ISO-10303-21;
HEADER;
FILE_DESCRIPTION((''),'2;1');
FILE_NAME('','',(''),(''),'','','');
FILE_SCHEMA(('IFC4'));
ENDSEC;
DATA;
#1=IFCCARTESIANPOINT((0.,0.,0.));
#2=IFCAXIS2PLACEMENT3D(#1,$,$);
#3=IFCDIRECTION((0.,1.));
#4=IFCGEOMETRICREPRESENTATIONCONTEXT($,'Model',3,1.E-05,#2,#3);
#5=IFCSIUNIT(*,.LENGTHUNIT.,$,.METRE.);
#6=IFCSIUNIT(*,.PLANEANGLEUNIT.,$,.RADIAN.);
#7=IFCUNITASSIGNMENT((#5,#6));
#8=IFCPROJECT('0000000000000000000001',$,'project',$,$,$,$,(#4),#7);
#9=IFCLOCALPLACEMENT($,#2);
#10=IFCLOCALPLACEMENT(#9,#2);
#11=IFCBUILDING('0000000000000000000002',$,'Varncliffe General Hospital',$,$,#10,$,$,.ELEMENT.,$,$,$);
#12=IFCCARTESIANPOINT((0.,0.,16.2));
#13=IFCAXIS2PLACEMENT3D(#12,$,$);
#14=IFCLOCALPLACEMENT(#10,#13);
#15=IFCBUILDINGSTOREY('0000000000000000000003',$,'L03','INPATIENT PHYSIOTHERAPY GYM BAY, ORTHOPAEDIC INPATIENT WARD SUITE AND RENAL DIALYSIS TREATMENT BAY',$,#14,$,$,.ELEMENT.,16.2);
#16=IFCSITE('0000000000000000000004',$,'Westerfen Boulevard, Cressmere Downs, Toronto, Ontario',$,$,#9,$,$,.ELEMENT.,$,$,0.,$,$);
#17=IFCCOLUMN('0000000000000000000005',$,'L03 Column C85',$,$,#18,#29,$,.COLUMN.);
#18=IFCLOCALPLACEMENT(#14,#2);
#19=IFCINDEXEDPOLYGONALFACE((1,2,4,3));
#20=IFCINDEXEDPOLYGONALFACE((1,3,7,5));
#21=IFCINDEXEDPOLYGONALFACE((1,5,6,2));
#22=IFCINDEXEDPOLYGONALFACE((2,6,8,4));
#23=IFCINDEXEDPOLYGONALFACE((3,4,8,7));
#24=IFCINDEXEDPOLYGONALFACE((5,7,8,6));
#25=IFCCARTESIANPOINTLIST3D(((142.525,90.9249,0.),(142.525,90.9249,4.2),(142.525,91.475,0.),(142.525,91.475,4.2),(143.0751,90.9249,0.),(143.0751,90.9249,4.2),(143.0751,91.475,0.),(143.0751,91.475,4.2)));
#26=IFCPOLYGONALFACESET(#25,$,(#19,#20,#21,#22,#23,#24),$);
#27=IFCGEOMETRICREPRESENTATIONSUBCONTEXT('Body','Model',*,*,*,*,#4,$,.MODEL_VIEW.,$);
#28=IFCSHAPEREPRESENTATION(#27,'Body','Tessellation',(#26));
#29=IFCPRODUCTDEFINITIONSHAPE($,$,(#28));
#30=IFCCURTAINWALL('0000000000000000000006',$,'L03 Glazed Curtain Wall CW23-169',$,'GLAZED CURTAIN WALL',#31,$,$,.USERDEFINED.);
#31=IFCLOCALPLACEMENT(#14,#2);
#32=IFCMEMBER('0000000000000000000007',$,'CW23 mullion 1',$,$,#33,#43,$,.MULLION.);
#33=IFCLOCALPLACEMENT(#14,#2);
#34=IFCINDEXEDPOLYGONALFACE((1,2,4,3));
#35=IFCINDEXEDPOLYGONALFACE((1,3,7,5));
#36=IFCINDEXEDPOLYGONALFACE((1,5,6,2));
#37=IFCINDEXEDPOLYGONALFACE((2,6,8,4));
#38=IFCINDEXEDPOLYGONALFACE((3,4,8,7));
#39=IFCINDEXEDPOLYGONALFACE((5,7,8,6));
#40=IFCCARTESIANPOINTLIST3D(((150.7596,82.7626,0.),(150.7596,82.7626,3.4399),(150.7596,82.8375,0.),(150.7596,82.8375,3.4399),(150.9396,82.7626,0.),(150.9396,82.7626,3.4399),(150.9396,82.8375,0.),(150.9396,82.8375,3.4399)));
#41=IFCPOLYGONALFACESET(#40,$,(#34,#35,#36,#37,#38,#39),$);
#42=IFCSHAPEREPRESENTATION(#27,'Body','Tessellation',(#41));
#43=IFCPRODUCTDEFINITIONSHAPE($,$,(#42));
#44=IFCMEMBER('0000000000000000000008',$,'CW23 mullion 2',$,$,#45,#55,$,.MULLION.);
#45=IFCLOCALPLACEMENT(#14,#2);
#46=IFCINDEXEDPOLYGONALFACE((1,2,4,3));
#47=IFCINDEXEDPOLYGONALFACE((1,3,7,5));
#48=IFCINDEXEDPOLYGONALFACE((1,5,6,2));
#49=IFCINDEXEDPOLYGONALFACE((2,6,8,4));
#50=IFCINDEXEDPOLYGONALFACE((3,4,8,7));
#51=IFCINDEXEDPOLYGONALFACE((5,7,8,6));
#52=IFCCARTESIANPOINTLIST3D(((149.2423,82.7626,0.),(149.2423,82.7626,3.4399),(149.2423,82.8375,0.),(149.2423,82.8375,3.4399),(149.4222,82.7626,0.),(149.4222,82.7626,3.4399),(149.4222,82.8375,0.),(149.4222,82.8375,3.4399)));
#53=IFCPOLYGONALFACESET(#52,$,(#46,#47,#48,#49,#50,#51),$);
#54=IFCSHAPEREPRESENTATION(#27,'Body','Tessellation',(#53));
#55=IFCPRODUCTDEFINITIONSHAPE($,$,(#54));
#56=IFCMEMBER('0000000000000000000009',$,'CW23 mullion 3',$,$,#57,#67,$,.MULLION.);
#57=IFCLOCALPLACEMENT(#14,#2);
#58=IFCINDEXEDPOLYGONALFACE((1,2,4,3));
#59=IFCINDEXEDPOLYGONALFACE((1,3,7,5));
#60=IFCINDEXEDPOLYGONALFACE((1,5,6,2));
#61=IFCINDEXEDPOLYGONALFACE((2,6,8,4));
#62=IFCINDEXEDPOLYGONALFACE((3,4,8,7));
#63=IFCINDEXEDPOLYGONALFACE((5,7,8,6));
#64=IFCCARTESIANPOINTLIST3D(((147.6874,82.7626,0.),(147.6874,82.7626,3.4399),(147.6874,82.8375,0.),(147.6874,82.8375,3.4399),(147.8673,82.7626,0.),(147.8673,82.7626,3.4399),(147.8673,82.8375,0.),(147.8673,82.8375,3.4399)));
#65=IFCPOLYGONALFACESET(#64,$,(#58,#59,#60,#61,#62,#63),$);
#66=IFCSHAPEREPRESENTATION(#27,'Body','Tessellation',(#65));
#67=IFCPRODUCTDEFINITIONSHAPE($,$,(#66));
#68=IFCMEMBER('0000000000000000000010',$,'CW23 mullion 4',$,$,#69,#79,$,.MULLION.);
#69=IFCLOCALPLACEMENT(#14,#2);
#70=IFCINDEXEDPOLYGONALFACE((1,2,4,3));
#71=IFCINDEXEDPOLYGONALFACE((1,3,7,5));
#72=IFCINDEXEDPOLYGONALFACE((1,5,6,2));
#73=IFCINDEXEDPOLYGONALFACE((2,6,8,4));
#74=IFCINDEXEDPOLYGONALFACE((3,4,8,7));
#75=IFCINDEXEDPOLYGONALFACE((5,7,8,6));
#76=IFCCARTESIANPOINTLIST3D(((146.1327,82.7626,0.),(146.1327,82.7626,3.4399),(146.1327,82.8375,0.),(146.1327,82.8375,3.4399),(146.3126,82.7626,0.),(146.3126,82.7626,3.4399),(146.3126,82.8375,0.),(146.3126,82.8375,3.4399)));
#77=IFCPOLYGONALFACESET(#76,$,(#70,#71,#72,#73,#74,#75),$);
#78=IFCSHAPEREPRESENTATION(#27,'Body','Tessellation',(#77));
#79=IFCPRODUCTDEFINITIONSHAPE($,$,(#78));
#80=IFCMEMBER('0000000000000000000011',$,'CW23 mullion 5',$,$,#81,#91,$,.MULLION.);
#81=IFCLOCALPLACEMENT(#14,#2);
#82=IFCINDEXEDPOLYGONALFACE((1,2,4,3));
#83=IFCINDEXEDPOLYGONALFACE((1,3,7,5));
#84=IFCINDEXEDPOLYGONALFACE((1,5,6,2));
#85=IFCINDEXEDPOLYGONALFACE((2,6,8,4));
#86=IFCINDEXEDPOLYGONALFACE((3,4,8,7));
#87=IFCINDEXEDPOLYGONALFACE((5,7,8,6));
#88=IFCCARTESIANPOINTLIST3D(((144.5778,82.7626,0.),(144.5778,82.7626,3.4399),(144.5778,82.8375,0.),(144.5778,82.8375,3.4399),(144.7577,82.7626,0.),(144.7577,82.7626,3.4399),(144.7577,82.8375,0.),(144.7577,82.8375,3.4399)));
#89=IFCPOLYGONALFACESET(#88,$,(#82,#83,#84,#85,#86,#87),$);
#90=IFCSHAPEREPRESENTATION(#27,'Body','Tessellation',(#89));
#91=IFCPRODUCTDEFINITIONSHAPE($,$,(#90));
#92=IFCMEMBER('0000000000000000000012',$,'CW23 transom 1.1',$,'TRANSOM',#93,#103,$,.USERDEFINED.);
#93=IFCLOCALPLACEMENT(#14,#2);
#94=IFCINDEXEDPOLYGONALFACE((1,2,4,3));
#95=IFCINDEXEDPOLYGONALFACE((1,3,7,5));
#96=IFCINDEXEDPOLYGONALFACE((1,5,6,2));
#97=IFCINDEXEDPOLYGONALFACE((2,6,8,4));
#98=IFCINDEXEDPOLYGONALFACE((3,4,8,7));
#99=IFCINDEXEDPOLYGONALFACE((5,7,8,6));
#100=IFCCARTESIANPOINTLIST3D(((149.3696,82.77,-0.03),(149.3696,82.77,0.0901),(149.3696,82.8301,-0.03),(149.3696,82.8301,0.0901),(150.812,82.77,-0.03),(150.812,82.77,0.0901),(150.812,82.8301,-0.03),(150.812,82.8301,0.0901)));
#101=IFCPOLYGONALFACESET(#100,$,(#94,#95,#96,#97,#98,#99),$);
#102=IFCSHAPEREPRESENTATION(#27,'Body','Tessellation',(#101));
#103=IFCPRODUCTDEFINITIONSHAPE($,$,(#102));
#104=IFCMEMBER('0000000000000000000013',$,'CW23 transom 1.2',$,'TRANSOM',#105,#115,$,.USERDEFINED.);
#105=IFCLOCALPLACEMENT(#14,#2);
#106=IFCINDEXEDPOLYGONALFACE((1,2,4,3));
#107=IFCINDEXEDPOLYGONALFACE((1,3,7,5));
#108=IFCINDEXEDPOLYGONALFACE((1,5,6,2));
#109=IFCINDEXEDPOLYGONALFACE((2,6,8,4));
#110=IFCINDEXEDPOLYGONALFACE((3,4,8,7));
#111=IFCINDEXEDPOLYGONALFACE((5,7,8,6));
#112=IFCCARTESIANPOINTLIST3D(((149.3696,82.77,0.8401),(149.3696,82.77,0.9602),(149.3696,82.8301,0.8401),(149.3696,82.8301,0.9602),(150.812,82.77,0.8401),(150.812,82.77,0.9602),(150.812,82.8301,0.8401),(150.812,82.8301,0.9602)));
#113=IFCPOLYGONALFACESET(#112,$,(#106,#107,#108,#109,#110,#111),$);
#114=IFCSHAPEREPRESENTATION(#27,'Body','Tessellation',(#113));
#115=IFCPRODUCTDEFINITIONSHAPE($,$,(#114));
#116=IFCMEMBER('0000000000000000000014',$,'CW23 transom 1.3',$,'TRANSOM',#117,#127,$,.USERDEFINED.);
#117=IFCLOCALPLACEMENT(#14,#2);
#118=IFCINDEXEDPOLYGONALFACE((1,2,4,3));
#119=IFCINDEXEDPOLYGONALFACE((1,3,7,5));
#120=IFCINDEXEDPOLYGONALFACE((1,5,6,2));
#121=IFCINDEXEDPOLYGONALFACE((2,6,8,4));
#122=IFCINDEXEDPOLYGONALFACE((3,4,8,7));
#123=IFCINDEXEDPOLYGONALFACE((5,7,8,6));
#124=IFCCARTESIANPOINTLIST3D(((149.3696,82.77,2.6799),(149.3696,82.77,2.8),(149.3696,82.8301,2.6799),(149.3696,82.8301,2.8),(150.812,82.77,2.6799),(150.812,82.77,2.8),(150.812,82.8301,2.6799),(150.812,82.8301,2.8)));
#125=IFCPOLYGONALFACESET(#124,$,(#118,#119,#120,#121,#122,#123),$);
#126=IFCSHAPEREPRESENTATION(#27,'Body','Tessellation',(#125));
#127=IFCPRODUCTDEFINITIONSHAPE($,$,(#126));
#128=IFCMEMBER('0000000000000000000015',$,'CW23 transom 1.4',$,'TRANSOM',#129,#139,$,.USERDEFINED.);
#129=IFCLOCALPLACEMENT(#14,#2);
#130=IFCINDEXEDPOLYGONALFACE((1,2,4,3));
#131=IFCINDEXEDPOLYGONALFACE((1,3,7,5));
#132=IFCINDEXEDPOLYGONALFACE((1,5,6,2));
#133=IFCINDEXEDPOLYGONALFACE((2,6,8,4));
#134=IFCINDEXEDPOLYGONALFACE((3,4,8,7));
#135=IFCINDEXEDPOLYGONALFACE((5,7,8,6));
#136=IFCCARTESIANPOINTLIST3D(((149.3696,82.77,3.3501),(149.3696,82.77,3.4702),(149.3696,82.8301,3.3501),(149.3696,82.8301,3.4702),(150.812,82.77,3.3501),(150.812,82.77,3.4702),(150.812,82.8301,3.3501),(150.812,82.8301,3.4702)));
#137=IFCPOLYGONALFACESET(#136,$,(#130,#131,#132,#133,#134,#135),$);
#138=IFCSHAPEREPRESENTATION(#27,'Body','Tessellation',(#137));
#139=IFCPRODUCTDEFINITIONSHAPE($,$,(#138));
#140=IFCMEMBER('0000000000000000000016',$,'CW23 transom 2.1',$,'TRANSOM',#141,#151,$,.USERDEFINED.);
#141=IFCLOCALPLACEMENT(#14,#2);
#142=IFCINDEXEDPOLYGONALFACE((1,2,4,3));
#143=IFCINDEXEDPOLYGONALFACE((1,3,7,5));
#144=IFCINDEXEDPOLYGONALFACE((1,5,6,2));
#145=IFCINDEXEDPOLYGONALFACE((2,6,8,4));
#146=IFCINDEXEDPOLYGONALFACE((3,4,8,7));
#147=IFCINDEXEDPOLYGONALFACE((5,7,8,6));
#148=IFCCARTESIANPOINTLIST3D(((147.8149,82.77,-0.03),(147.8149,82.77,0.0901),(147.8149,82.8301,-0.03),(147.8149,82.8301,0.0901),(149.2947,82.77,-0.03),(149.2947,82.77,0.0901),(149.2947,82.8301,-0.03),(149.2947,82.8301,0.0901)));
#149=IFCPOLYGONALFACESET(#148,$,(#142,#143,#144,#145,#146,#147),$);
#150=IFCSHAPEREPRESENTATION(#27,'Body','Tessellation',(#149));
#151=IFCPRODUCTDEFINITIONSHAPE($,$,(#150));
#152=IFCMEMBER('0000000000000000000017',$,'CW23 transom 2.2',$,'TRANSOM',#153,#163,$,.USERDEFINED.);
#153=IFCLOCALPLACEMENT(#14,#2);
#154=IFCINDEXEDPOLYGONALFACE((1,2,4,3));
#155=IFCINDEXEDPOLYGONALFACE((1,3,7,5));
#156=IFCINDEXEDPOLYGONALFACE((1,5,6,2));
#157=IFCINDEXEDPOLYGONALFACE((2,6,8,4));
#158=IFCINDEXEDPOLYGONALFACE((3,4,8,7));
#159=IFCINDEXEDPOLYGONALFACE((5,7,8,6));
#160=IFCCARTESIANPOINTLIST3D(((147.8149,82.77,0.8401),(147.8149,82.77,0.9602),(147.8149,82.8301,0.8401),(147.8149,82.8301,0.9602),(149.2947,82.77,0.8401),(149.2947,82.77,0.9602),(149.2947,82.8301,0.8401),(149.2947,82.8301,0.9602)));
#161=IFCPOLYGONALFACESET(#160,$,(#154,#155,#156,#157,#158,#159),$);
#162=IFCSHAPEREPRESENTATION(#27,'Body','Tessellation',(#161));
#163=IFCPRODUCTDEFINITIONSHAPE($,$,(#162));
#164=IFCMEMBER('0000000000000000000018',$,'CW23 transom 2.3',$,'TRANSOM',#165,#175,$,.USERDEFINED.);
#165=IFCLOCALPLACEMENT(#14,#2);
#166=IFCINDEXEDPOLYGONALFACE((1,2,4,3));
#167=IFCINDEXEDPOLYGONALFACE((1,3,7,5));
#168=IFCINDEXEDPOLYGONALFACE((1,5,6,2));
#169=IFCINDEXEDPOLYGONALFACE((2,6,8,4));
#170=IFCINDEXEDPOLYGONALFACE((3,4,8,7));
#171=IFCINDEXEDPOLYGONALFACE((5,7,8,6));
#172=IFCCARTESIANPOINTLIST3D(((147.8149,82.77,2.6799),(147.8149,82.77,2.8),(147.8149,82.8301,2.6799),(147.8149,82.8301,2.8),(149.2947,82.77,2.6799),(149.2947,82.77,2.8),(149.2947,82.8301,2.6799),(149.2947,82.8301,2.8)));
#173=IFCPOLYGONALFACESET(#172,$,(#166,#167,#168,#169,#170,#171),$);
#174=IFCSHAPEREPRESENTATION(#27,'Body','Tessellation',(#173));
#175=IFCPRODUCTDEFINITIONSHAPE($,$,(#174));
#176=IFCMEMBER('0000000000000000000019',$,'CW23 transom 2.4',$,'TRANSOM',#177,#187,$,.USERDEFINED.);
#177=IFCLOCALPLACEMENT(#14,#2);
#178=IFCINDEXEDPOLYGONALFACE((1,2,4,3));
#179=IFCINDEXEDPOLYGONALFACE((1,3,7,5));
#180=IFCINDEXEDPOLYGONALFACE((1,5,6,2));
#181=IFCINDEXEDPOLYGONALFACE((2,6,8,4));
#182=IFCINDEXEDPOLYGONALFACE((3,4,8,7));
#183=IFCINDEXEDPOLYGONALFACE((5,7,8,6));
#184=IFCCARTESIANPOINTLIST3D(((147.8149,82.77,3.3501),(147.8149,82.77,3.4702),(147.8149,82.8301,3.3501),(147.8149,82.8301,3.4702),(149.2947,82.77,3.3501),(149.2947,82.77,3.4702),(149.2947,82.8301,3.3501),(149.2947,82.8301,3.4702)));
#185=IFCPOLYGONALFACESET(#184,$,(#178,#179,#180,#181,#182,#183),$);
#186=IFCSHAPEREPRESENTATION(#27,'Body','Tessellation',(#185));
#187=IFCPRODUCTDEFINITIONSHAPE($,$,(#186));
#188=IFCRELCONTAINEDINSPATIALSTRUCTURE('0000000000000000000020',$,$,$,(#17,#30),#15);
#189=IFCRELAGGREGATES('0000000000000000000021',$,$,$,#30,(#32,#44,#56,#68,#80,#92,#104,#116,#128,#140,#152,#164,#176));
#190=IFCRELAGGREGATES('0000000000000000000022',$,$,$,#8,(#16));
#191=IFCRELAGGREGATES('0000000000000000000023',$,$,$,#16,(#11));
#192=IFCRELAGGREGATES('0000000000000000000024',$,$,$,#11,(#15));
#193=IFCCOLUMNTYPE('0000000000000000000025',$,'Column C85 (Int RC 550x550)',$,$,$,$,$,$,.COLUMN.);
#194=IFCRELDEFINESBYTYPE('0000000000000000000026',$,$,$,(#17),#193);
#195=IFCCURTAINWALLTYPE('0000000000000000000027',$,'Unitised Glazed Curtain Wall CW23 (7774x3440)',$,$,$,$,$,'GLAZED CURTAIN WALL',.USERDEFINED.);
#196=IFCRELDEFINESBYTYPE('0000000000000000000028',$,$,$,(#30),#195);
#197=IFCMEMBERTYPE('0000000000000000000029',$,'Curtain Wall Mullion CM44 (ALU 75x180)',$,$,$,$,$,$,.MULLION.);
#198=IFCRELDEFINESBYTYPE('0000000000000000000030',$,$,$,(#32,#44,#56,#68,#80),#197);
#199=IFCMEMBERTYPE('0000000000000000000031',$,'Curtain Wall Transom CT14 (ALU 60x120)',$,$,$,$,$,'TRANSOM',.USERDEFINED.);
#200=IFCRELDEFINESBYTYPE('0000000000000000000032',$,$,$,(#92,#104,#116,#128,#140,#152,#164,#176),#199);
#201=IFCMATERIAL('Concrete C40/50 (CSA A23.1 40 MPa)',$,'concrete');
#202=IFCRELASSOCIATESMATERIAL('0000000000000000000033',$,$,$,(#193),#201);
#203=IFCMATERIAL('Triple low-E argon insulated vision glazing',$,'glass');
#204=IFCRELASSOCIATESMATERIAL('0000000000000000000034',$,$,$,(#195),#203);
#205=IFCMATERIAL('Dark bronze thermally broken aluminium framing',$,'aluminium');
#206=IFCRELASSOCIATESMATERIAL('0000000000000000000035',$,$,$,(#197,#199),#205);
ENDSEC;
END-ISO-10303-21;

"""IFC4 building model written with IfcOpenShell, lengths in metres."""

from ifc_helpers import new_model, si_unit, direction, frame, origin, origin_2d, place, context, subcontext, project, spatial, rectangle, extrude, material, material_profile, profile_set, type_object, element, aggregate, save


model = new_model("IFC4")

# Units and contexts
model_context = context("Model", 3, precision=1e-05, world=origin(), true_north=direction((0.0, 1.0)))
body_context = subcontext(model_context, "Body", "Model", "MODEL_VIEW")
ifc_project = project(units=[si_unit("LENGTHUNIT", "METRE"), si_unit("PLANEANGLEUNIT", "RADIAN")], contexts=[model_context])

# Site, building, storey
site_placement = place(None, origin())
site = spatial("IfcSite", under=ifc_project, at=site_placement, Name="Westerfen Boulevard, Cressmere Downs, Toronto, Ontario", CompositionType="ELEMENT", RefElevation=0.0)
building_placement = place(site_placement, origin())
building = spatial("IfcBuilding", under=site, at=building_placement, Name="Varncliffe General Hospital", CompositionType="ELEMENT")
storey_placement = place(building_placement, frame((0.0, 0.0, 16.2)))
storey = spatial("IfcBuildingStorey", under=building, at=storey_placement, Name="L03", Description="INPATIENT PHYSIOTHERAPY GYM BAY, ORTHOPAEDIC INPATIENT WARD SUITE AND RENAL DIALYSIS TREATMENT BAY", CompositionType="ELEMENT", Elevation=16.2)

# Column
ifc_material_1 = material(Name="Concrete C40/50 (CSA A23.1 40 MPa)", Category="concrete")
ifc_material_profile_1 = material_profile(ifc_material_1, rectangle(XDim=0.55, YDim=0.55, at=origin_2d()), Name="RC 550x550")
ifc_profile_set_1 = profile_set([ifc_material_profile_1], Name="Concrete C40/50 (CSA A23.1 40 MPa)")
column_type = type_object("IfcColumnType", Name="Column C85 (Int RC 550x550)", PredefinedType="COLUMN", material=ifc_profile_set_1)
column_placement = place(storey_placement, frame((142.8, 91.2, 0.0), z_axis=(0.0, 0.0, 1.0), x_axis=(1.0, 0.0, 0.0)))
element("IfcColumn", 1, at=column_placement, inside=storey, type_object=column_type, Name="L03 Column C85", PredefinedType="COLUMN", context=body_context, shape_type="SweptSolid", body=[
    extrude(rectangle(XDim=0.55, YDim=0.55, at=origin_2d()), origin(), (0.0, 0.0, 1.0), 4.2),
])

# Curtain wall, members
ifc_material_2 = material(Name="Triple low-E argon insulated vision glazing", Category="glass")
curtain_wall_type = type_object("IfcCurtainWallType", Name="Unitised Glazed Curtain Wall CW23 (7774x3440)", ElementType="GLAZED CURTAIN WALL", PredefinedType="USERDEFINED", material=ifc_material_2)
curtain_wall_placement = place(storey_placement, origin())
curtain_wall = element("IfcCurtainWall", 2, at=curtain_wall_placement, inside=storey, type_object=curtain_wall_type, Name="L03 Glazed Curtain Wall CW23-169", ObjectType="GLAZED CURTAIN WALL", PredefinedType="USERDEFINED")
ifc_material_3 = material(Name="Dark bronze thermally broken aluminium framing", Category="aluminium")
ifc_material_profile_2 = material_profile(ifc_material_3, rectangle(XDim=0.075, YDim=0.1799, at=origin_2d()), Name="ALU 75x180")
ifc_profile_set_2 = profile_set([ifc_material_profile_2], Name="Dark bronze thermally broken aluminium framing")
member_type_1 = type_object("IfcMemberType", Name="Curtain Wall Mullion CM44 (ALU 75x180)", PredefinedType="MULLION", material=ifc_profile_set_2)
member_1_placement = place(storey_placement, frame((150.8496, 82.8, 0.0), z_axis=(0.0, 0.0, 1.0), x_axis=(0.0, -1.0, 0.0)))
member_1 = element("IfcMember", 3, at=member_1_placement, type_object=member_type_1, Name="CW23 mullion 1", PredefinedType="MULLION", context=body_context, shape_type="SweptSolid", body=[
    extrude(rectangle(XDim=0.075, YDim=0.1799, at=origin_2d()), origin(), (0.0, 0.0, 1.0), 3.4399),
])
member_2_placement = place(storey_placement, frame((149.3323, 82.8, 0.0), z_axis=(0.0, 0.0, 1.0), x_axis=(0.0, -1.0, 0.0)))
member_2 = element("IfcMember", 4, at=member_2_placement, type_object=member_type_1, Name="CW23 mullion 2", PredefinedType="MULLION", context=body_context, shape_type="SweptSolid", body=[
    extrude(rectangle(XDim=0.075, YDim=0.1799, at=origin_2d()), origin(), (0.0, 0.0, 1.0), 3.4399),
])
member_3_placement = place(storey_placement, frame((147.7773, 82.8, 0.0), z_axis=(0.0, 0.0, 1.0), x_axis=(0.0, -1.0, 0.0)))
member_3 = element("IfcMember", 5, at=member_3_placement, type_object=member_type_1, Name="CW23 mullion 3", PredefinedType="MULLION", context=body_context, shape_type="SweptSolid", body=[
    extrude(rectangle(XDim=0.075, YDim=0.1799, at=origin_2d()), origin(), (0.0, 0.0, 1.0), 3.4399),
])
member_4_placement = place(storey_placement, frame((146.2227, 82.8, 0.0), z_axis=(0.0, 0.0, 1.0), x_axis=(0.0, -1.0, 0.0)))
member_4 = element("IfcMember", 6, at=member_4_placement, type_object=member_type_1, Name="CW23 mullion 4", PredefinedType="MULLION", context=body_context, shape_type="SweptSolid", body=[
    extrude(rectangle(XDim=0.075, YDim=0.1799, at=origin_2d()), origin(), (0.0, 0.0, 1.0), 3.4399),
])
member_5_placement = place(storey_placement, frame((144.6677, 82.8, 0.0), z_axis=(0.0, 0.0, 1.0), x_axis=(0.0, -1.0, 0.0)))
member_5 = element("IfcMember", 7, at=member_5_placement, type_object=member_type_1, Name="CW23 mullion 5", PredefinedType="MULLION", context=body_context, shape_type="SweptSolid", body=[
    extrude(rectangle(XDim=0.075, YDim=0.1799, at=origin_2d()), origin(), (0.0, 0.0, 1.0), 3.4399),
])
ifc_material_profile_3 = material_profile(ifc_material_3, rectangle(XDim=0.0601, YDim=0.1201, at=origin_2d()), Name="ALU 60x120")
ifc_profile_set_3 = profile_set([ifc_material_profile_3], Name="Dark bronze thermally broken aluminium framing")
member_type_2 = type_object("IfcMemberType", Name="Curtain Wall Transom CT14 (ALU 60x120)", ElementType="TRANSOM", PredefinedType="USERDEFINED", material=ifc_profile_set_3)
member_6_placement = place(storey_placement, frame((150.812, 82.8, 0.03), z_axis=(-1.0, 0.0, 0.0), x_axis=(0.0, -1.0, 0.0)))
member_6 = element("IfcMember", 8, at=member_6_placement, type_object=member_type_2, Name="CW23 transom 1.1", ObjectType="TRANSOM", PredefinedType="USERDEFINED", context=body_context, shape_type="SweptSolid", body=[
    extrude(rectangle(XDim=0.0601, YDim=0.1201, at=origin_2d()), origin(), (0.0, 0.0, 1.0), 1.4424),
])
member_7_placement = place(storey_placement, frame((150.812, 82.8, 0.9001), z_axis=(-1.0, 0.0, 0.0), x_axis=(0.0, -1.0, 0.0)))
member_7 = element("IfcMember", 9, at=member_7_placement, type_object=member_type_2, Name="CW23 transom 1.2", ObjectType="TRANSOM", PredefinedType="USERDEFINED", context=body_context, shape_type="SweptSolid", body=[
    extrude(rectangle(XDim=0.0601, YDim=0.1201, at=origin_2d()), origin(), (0.0, 0.0, 1.0), 1.4424),
])
member_8_placement = place(storey_placement, frame((150.812, 82.8, 2.74), z_axis=(-1.0, 0.0, 0.0), x_axis=(0.0, -1.0, 0.0)))
member_8 = element("IfcMember", 10, at=member_8_placement, type_object=member_type_2, Name="CW23 transom 1.3", ObjectType="TRANSOM", PredefinedType="USERDEFINED", context=body_context, shape_type="SweptSolid", body=[
    extrude(rectangle(XDim=0.0601, YDim=0.1201, at=origin_2d()), origin(), (0.0, 0.0, 1.0), 1.4424),
])
member_9_placement = place(storey_placement, frame((150.812, 82.8, 3.4102), z_axis=(-1.0, 0.0, 0.0), x_axis=(0.0, -1.0, 0.0)))
member_9 = element("IfcMember", 11, at=member_9_placement, type_object=member_type_2, Name="CW23 transom 1.4", ObjectType="TRANSOM", PredefinedType="USERDEFINED", context=body_context, shape_type="SweptSolid", body=[
    extrude(rectangle(XDim=0.0601, YDim=0.1201, at=origin_2d()), origin(), (0.0, 0.0, 1.0), 1.4424),
])
member_10_placement = place(storey_placement, frame((149.2947, 82.8, 0.03), z_axis=(-1.0, 0.0, 0.0), x_axis=(0.0, -1.0, 0.0)))
member_10 = element("IfcMember", 12, at=member_10_placement, type_object=member_type_2, Name="CW23 transom 2.1", ObjectType="TRANSOM", PredefinedType="USERDEFINED", context=body_context, shape_type="SweptSolid", body=[
    extrude(rectangle(XDim=0.0601, YDim=0.1201, at=origin_2d()), origin(), (0.0, 0.0, 1.0), 1.4797),
])
member_11_placement = place(storey_placement, frame((149.2947, 82.8, 0.9001), z_axis=(-1.0, 0.0, 0.0), x_axis=(0.0, -1.0, 0.0)))
member_11 = element("IfcMember", 13, at=member_11_placement, type_object=member_type_2, Name="CW23 transom 2.2", ObjectType="TRANSOM", PredefinedType="USERDEFINED", context=body_context, shape_type="SweptSolid", body=[
    extrude(rectangle(XDim=0.0601, YDim=0.1201, at=origin_2d()), origin(), (0.0, 0.0, 1.0), 1.4797),
])
member_12_placement = place(storey_placement, frame((149.2947, 82.8, 2.74), z_axis=(-1.0, 0.0, 0.0), x_axis=(0.0, -1.0, 0.0)))
member_12 = element("IfcMember", 14, at=member_12_placement, type_object=member_type_2, Name="CW23 transom 2.3", ObjectType="TRANSOM", PredefinedType="USERDEFINED", context=body_context, shape_type="SweptSolid", body=[
    extrude(rectangle(XDim=0.0601, YDim=0.1201, at=origin_2d()), origin(), (0.0, 0.0, 1.0), 1.4797),
])
member_13_placement = place(storey_placement, frame((149.2947, 82.8, 3.4102), z_axis=(-1.0, 0.0, 0.0), x_axis=(0.0, -1.0, 0.0)))
member_13 = element("IfcMember", 15, at=member_13_placement, type_object=member_type_2, Name="CW23 transom 2.4", ObjectType="TRANSOM", PredefinedType="USERDEFINED", context=body_context, shape_type="SweptSolid", body=[
    extrude(rectangle(XDim=0.0601, YDim=0.1201, at=origin_2d()), origin(), (0.0, 0.0, 1.0), 1.4797),
])
aggregate(curtain_wall, [member_1, member_2, member_3, member_4, member_5, member_6, member_7, member_8, member_9, member_10, member_11, member_12, member_13])

save(model, "model.ifc")
